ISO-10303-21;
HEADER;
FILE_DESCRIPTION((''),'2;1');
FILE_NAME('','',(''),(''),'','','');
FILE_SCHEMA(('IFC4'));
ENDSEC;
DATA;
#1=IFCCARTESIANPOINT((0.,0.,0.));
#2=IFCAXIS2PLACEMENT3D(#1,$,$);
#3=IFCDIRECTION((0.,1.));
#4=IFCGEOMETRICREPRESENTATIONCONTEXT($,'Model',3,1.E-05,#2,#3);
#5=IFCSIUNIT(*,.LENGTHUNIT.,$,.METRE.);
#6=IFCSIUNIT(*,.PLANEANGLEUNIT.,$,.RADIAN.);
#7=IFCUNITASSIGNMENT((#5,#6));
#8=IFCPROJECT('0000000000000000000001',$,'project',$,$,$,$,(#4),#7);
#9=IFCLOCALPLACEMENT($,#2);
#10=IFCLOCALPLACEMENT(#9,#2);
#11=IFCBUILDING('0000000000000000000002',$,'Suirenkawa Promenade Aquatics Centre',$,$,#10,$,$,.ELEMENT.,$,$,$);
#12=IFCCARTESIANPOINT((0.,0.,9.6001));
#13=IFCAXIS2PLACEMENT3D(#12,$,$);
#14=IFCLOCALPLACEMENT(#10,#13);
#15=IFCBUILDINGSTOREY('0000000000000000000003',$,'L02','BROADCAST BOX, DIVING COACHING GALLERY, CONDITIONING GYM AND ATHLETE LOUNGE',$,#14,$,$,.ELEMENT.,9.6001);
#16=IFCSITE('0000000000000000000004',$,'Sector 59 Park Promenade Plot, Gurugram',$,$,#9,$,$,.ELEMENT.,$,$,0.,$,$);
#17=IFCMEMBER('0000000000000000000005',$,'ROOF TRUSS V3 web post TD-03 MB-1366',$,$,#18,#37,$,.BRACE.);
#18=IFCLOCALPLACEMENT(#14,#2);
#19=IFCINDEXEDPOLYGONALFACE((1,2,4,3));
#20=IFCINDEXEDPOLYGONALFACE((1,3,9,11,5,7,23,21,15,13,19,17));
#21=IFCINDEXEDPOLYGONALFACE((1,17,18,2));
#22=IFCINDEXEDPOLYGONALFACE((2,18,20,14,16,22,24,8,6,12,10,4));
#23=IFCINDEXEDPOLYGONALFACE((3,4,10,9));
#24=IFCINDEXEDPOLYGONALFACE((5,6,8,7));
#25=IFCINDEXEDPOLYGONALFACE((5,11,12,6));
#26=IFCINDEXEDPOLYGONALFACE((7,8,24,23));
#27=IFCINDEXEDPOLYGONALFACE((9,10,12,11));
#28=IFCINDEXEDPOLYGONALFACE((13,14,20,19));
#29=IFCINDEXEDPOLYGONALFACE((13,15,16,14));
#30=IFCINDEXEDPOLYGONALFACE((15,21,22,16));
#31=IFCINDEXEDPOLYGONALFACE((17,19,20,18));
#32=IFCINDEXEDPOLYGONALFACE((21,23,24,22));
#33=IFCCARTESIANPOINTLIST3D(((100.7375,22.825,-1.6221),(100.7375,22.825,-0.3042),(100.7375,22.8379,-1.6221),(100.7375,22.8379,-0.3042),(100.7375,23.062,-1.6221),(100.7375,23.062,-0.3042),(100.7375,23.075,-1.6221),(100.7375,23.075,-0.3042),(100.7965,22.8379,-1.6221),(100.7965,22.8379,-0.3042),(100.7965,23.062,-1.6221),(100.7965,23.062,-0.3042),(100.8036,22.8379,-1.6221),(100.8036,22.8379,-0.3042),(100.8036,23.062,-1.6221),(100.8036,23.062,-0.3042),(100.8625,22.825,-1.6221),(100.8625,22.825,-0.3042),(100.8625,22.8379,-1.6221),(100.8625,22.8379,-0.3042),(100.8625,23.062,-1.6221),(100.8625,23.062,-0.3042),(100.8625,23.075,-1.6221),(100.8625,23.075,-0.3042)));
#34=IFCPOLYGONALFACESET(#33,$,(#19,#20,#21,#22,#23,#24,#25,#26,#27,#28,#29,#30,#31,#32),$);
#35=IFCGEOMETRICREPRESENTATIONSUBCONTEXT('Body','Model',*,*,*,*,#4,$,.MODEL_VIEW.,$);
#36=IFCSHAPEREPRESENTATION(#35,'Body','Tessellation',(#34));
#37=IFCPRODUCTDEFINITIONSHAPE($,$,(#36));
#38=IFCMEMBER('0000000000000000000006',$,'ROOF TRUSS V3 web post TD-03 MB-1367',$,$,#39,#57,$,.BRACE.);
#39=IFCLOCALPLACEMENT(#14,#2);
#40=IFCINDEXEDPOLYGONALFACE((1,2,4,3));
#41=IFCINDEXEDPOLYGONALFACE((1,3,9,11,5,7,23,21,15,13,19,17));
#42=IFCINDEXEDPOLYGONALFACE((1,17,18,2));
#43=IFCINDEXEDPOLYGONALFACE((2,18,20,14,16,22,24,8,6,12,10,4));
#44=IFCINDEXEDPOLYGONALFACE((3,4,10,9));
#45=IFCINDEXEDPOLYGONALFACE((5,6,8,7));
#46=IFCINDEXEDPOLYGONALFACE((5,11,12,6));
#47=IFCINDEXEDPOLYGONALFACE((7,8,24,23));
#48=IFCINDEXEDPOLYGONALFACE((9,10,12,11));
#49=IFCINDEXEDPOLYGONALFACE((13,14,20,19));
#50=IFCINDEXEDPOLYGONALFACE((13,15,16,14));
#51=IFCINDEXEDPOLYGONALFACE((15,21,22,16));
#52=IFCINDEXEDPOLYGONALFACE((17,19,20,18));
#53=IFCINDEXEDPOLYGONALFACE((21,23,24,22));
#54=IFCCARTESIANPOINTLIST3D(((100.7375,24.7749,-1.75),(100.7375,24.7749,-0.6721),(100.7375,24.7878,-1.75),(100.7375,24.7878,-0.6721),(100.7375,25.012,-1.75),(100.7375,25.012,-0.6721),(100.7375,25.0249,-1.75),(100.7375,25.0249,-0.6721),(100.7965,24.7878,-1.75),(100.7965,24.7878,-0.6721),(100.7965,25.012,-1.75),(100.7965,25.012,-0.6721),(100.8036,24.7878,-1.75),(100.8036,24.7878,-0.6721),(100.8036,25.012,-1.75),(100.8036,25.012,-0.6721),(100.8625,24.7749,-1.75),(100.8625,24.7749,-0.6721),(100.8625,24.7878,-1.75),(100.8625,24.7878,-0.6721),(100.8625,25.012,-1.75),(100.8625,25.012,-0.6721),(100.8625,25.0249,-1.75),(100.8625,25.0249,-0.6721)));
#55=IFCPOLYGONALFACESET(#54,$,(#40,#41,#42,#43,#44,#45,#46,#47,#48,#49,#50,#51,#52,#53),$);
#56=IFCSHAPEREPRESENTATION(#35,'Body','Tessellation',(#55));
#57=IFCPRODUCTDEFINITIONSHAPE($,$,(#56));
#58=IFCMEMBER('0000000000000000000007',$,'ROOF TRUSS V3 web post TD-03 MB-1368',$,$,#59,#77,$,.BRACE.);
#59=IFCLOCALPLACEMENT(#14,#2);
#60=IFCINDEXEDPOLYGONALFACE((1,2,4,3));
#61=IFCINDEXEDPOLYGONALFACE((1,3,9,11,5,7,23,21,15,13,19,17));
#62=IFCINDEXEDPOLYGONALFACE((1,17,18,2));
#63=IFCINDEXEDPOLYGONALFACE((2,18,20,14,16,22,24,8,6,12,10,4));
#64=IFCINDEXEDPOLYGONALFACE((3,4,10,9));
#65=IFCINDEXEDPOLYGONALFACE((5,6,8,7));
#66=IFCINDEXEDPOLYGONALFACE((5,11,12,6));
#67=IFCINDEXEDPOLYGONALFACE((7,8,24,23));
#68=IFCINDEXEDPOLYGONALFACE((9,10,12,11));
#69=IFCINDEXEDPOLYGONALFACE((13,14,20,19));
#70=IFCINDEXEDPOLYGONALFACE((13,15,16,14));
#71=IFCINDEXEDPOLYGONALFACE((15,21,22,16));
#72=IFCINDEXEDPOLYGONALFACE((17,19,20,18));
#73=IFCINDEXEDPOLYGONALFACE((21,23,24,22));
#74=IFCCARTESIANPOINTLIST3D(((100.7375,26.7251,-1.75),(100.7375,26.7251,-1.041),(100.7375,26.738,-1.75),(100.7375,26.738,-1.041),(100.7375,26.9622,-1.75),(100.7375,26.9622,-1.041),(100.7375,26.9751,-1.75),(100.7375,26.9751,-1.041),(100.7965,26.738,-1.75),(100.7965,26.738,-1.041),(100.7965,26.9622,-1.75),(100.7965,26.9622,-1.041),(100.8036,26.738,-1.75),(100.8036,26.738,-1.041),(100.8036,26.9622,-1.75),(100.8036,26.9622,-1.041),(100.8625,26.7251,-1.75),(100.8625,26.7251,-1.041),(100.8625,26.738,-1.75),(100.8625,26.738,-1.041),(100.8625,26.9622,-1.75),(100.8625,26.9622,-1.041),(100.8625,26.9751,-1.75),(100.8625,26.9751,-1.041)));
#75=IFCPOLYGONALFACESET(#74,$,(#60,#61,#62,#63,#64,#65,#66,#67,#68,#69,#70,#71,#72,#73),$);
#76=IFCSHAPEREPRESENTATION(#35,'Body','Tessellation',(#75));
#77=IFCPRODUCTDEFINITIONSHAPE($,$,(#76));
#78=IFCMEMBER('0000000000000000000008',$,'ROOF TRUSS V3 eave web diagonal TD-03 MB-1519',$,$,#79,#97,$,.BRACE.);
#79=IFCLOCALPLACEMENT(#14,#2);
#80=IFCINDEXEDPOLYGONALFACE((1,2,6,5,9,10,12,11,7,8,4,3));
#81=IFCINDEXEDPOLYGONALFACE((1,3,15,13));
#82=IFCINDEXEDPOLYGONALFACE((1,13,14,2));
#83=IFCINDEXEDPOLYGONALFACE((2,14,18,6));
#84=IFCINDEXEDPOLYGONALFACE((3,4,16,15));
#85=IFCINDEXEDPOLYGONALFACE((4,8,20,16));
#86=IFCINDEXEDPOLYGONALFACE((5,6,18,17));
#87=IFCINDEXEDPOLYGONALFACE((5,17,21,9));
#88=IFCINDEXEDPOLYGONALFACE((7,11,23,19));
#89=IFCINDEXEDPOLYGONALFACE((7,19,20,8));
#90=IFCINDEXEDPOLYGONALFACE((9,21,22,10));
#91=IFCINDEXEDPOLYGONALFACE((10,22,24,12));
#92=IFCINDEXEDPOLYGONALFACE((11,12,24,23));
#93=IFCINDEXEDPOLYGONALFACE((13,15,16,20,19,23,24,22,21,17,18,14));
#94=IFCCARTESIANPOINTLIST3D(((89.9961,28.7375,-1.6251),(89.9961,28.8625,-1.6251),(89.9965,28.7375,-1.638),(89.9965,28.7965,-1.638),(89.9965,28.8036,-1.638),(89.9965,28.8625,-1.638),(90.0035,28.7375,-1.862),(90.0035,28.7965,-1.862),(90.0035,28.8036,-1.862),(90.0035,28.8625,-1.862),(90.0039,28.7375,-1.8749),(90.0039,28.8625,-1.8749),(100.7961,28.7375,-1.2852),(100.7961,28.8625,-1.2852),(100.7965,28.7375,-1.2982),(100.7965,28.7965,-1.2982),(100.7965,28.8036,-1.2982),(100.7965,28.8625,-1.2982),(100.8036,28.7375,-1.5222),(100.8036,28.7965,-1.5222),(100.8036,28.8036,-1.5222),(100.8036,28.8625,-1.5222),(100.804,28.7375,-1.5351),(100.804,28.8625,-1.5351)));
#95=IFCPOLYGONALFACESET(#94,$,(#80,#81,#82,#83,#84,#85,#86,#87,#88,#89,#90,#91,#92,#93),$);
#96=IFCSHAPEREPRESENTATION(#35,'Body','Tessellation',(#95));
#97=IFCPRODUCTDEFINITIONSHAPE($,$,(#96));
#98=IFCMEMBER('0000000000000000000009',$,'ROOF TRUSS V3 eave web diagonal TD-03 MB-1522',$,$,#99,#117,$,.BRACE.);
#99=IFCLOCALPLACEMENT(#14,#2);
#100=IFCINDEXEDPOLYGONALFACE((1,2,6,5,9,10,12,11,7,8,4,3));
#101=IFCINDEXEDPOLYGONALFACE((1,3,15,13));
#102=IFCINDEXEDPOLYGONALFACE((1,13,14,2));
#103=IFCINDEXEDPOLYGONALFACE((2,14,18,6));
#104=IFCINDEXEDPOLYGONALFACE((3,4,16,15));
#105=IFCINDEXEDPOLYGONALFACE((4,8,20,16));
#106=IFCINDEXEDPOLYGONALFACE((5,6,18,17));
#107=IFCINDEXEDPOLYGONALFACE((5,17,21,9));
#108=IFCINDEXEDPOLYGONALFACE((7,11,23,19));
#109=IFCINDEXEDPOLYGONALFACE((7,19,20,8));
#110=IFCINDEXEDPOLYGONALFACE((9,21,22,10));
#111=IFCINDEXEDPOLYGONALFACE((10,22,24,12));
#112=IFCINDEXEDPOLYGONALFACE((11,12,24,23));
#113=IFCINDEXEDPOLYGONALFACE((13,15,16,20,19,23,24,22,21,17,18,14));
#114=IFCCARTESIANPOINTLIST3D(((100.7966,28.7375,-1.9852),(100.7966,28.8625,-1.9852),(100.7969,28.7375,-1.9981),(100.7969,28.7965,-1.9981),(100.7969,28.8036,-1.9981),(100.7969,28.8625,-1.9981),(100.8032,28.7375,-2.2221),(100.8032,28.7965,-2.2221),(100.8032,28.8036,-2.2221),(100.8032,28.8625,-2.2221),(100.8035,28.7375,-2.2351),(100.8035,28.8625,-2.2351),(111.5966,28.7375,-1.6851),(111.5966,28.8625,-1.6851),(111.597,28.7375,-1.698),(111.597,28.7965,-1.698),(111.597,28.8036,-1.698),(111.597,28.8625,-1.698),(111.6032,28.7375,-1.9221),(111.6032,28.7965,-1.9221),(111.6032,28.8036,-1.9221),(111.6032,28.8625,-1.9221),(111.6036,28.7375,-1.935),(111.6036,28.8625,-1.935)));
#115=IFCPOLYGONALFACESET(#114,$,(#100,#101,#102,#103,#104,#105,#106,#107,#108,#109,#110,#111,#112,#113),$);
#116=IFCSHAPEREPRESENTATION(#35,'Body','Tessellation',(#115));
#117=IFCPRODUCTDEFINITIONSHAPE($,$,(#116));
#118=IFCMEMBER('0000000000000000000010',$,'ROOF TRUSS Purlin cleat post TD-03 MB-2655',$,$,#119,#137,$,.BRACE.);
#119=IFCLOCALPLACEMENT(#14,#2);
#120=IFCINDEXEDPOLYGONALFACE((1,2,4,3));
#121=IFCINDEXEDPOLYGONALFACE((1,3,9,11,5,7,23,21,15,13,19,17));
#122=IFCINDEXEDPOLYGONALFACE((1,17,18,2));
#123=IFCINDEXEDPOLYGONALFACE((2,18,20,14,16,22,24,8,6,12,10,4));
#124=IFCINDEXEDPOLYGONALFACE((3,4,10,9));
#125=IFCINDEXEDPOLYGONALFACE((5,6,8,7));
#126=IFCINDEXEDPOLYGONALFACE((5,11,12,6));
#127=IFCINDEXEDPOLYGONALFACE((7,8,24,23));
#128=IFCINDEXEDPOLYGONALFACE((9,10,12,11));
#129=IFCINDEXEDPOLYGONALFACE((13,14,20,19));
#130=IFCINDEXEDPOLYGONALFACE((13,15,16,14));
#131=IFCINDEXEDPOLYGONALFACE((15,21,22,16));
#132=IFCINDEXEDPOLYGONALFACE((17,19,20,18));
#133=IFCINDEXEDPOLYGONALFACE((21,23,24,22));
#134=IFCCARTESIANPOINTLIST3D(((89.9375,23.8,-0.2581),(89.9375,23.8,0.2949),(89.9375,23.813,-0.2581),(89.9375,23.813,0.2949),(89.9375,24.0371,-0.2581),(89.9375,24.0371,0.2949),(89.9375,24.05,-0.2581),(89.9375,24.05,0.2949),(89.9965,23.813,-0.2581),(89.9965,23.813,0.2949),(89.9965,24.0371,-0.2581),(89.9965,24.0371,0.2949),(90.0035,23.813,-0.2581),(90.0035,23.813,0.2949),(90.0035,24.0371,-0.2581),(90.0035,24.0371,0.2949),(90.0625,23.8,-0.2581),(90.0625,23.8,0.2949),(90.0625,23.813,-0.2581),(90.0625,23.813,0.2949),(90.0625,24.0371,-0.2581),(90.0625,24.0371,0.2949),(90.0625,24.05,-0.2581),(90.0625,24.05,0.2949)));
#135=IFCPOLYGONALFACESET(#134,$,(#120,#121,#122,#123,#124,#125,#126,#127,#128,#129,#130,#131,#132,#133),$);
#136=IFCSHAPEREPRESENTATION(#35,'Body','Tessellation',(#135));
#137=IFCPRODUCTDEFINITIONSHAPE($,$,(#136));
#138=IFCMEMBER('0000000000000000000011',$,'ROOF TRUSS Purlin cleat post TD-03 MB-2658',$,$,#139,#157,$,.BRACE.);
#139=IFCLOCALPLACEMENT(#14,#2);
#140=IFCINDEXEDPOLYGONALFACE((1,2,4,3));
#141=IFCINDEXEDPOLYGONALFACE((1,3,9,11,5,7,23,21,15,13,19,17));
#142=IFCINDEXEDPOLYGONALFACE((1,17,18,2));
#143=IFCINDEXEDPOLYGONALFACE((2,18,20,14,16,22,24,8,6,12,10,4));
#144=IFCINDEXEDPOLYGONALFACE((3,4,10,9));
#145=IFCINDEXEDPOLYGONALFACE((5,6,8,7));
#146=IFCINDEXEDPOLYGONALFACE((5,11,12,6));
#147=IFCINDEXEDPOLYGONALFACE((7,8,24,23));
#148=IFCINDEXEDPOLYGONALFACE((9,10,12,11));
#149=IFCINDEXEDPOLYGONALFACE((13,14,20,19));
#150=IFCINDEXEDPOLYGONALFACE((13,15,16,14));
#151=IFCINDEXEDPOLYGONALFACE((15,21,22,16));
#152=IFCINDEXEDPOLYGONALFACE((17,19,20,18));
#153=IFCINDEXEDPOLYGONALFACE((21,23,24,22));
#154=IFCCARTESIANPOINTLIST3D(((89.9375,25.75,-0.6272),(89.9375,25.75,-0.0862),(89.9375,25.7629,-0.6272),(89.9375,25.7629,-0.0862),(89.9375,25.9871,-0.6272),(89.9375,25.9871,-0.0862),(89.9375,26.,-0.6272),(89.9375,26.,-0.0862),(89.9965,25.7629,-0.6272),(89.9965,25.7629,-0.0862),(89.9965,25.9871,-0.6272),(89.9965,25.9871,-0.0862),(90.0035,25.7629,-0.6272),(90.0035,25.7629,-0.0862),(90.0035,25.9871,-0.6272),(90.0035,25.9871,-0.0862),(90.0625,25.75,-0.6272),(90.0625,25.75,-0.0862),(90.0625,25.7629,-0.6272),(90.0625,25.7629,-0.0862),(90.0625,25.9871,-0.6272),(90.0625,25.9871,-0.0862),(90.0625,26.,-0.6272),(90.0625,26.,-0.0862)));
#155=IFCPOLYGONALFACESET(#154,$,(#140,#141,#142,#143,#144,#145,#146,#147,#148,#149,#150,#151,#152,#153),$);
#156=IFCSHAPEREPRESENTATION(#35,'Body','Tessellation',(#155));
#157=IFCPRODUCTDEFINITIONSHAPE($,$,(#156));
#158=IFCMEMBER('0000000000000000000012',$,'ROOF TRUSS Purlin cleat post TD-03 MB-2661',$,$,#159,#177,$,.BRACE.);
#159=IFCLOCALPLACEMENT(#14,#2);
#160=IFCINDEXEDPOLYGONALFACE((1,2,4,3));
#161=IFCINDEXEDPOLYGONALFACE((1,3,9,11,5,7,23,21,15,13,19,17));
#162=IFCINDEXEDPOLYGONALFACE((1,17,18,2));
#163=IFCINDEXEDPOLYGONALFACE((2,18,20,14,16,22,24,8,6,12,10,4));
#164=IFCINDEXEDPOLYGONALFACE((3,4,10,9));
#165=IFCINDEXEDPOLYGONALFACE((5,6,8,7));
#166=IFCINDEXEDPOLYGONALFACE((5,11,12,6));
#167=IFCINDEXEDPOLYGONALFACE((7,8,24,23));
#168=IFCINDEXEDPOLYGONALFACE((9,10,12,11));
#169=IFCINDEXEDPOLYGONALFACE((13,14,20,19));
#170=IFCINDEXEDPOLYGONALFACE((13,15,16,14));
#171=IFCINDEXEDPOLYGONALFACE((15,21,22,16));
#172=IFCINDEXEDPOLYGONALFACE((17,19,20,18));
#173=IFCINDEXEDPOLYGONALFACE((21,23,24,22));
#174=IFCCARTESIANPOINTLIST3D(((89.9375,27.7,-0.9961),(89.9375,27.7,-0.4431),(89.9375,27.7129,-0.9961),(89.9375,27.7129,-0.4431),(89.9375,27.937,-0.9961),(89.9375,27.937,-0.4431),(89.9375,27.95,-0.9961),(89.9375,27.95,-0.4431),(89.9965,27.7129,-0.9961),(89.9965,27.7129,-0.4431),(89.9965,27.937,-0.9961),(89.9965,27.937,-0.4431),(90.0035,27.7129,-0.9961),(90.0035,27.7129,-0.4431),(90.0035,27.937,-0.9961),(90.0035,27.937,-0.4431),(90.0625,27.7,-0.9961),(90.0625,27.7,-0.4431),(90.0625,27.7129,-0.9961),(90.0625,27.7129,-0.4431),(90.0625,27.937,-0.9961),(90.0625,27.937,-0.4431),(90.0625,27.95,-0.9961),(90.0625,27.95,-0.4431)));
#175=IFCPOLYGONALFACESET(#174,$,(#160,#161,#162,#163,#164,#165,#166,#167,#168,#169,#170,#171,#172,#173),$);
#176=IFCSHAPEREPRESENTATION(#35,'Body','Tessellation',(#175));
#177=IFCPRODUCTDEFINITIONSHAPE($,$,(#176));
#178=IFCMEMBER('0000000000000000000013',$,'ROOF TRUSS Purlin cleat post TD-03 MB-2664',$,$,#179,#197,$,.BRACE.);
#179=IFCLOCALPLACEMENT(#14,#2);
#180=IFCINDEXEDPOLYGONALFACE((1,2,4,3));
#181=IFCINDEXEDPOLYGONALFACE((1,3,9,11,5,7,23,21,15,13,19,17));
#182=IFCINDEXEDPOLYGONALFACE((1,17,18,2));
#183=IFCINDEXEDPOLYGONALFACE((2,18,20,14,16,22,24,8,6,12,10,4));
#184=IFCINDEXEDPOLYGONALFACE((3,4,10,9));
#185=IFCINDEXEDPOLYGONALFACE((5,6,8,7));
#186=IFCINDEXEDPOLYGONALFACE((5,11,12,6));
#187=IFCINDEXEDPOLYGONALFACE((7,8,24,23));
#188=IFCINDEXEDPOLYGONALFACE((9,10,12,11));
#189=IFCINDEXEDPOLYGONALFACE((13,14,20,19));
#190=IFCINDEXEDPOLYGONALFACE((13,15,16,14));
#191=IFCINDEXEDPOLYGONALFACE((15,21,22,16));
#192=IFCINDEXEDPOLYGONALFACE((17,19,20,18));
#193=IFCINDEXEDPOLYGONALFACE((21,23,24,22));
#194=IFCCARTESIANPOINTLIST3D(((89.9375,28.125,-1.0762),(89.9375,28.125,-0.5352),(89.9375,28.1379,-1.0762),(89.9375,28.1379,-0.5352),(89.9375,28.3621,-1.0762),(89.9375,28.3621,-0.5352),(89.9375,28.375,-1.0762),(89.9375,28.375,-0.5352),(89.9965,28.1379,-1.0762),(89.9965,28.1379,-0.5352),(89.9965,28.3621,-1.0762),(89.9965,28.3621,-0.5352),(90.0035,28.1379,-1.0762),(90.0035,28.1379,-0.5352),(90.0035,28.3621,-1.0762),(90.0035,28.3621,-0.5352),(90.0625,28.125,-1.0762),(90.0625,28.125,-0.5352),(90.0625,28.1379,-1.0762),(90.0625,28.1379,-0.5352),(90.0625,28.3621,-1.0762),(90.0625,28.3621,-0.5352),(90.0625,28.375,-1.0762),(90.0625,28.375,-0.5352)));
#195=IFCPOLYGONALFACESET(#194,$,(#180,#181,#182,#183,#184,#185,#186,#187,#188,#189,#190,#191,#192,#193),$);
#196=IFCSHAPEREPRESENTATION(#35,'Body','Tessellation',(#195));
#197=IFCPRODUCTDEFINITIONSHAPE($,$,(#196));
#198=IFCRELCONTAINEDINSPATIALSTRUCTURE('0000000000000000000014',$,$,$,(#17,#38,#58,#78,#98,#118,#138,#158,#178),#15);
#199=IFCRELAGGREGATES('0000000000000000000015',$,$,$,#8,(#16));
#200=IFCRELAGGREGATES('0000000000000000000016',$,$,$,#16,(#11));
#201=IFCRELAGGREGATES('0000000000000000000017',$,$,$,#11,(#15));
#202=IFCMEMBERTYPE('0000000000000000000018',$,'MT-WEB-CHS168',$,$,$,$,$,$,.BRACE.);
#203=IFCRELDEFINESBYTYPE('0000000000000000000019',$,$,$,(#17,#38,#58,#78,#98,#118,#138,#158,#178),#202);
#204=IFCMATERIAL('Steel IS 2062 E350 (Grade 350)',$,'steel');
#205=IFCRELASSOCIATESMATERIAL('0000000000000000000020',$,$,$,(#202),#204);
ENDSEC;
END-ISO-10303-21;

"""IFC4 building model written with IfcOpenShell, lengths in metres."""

from ifc_helpers import new_model, si_unit, direction, frame, origin, origin_2d, place, context, subcontext, project, spatial, i_section, extrude, material, material_profile, profile_set, type_object, element, save


model = new_model("IFC4")

# Units and contexts
model_context = context("Model", 3, precision=1e-05, world=origin(), true_north=direction((0.0, 1.0)))
body_context = subcontext(model_context, "Body", "Model", "MODEL_VIEW")
ifc_project = project(units=[si_unit("LENGTHUNIT", "METRE"), si_unit("PLANEANGLEUNIT", "RADIAN")], contexts=[model_context])

# Site, building, storey
site_placement = place(None, origin())
site = spatial("IfcSite", under=ifc_project, at=site_placement, Name="Sector 59 Park Promenade Plot, Gurugram", CompositionType="ELEMENT", RefElevation=0.0)
building_placement = place(site_placement, origin())
building = spatial("IfcBuilding", under=site, at=building_placement, Name="Suirenkawa Promenade Aquatics Centre", CompositionType="ELEMENT")
storey_placement = place(building_placement, frame((0.0, 0.0, 9.6001)))
storey = spatial("IfcBuildingStorey", under=building, at=storey_placement, Name="L02", Description="BROADCAST BOX, DIVING COACHING GALLERY, CONDITIONING GYM AND ATHLETE LOUNGE", CompositionType="ELEMENT", Elevation=9.6001)

# Shared definitions
ifc_material = material(Name="Steel IS 2062 E350 (Grade 350)", Category="steel")

# Members
ifc_material_profile_1 = material_profile(ifc_material, i_section(OverallWidth=0.125, OverallDepth=0.25, WebThickness=0.0071, FlangeThickness=0.0129, at=origin_2d()), Name="ISMB 250", Category="steel")
ifc_profile_set_1 = profile_set([ifc_material_profile_1], Name="Steel IS 2062 E350 (Grade 350)")
member_type_1 = type_object("IfcMemberType", Name="MT-WEB-CHS168", PredefinedType="BRACE", material=ifc_profile_set_1)
member_1_placement = place(storey_placement, frame((100.8, 22.95, -1.6221), z_axis=(0.0, 0.0, 1.0), x_axis=(1.0, 0.0, 0.0)))
element("IfcMember", 1, at=member_1_placement, inside=storey, type_object=member_type_1, Name="ROOF TRUSS V3 web post TD-03 MB-1366", PredefinedType="BRACE", context=body_context, shape_type="SweptSolid", body=[
    extrude(i_section(OverallWidth=0.125, OverallDepth=0.25, WebThickness=0.0071, FlangeThickness=0.0129, at=origin_2d()), origin(), (0.0, 0.0, 1.0), 1.3179),
])
member_2_placement = place(storey_placement, frame((100.8, 24.8999, -1.75), z_axis=(0.0, 0.0, 1.0), x_axis=(1.0, 0.0, 0.0)))
element("IfcMember", 2, at=member_2_placement, inside=storey, type_object=member_type_1, Name="ROOF TRUSS V3 web post TD-03 MB-1367", PredefinedType="BRACE", context=body_context, shape_type="SweptSolid", body=[
    extrude(i_section(OverallWidth=0.125, OverallDepth=0.25, WebThickness=0.0071, FlangeThickness=0.0129, at=origin_2d()), origin(), (0.0, 0.0, 1.0), 1.0779),
])
member_3_placement = place(storey_placement, frame((100.8, 26.8501, -1.75), z_axis=(0.0, 0.0, 1.0), x_axis=(1.0, 0.0, 0.0)))
element("IfcMember", 3, at=member_3_placement, inside=storey, type_object=member_type_1, Name="ROOF TRUSS V3 web post TD-03 MB-1368", PredefinedType="BRACE", context=body_context, shape_type="SweptSolid", body=[
    extrude(i_section(OverallWidth=0.125, OverallDepth=0.25, WebThickness=0.0071, FlangeThickness=0.0129, at=origin_2d()), origin(), (0.0, 0.0, 1.0), 0.709),
])
member_4_placement = place(storey_placement, frame((90.0, 28.8, -1.75), z_axis=(0.999505, 0.0, 0.031451), x_axis=(0.0, 1.0, 0.0)))
element("IfcMember", 4, at=member_4_placement, inside=storey, type_object=member_type_1, Name="ROOF TRUSS V3 eave web diagonal TD-03 MB-1519", PredefinedType="BRACE", context=body_context, shape_type="SweptSolid", body=[
    extrude(i_section(OverallWidth=0.125, OverallDepth=0.25, WebThickness=0.0071, FlangeThickness=0.0129, at=origin_2d()), origin(), (0.0, 0.0, 1.0), 10.8054),
])
member_5_placement = place(storey_placement, frame((100.8, 28.8, -2.1101), z_axis=(0.999614, 0.0, 0.027771), x_axis=(0.0, 1.0, 0.0)))
element("IfcMember", 5, at=member_5_placement, inside=storey, type_object=member_type_1, Name="ROOF TRUSS V3 eave web diagonal TD-03 MB-1522", PredefinedType="BRACE", context=body_context, shape_type="SweptSolid", body=[
    extrude(i_section(OverallWidth=0.125, OverallDepth=0.25, WebThickness=0.0071, FlangeThickness=0.0129, at=origin_2d()), origin(), (0.0, 0.0, 1.0), 10.8042),
])
member_6_placement = place(storey_placement, frame((90.0, 23.925, -0.2581), z_axis=(0.0, 0.0, 1.0), x_axis=(1.0, 0.0, 0.0)))
element("IfcMember", 6, at=member_6_placement, inside=storey, type_object=member_type_1, Name="ROOF TRUSS Purlin cleat post TD-03 MB-2655", PredefinedType="BRACE", context=body_context, shape_type="SweptSolid", body=[
    extrude(i_section(OverallWidth=0.125, OverallDepth=0.25, WebThickness=0.0071, FlangeThickness=0.0129, at=origin_2d()), origin(), (0.0, 0.0, 1.0), 0.553),
])
member_7_placement = place(storey_placement, frame((90.0, 25.875, -0.6272), z_axis=(0.0, 0.0, 1.0), x_axis=(1.0, 0.0, 0.0)))
element("IfcMember", 7, at=member_7_placement, inside=storey, type_object=member_type_1, Name="ROOF TRUSS Purlin cleat post TD-03 MB-2658", PredefinedType="BRACE", context=body_context, shape_type="SweptSolid", body=[
    extrude(i_section(OverallWidth=0.125, OverallDepth=0.25, WebThickness=0.0071, FlangeThickness=0.0129, at=origin_2d()), origin(), (0.0, 0.0, 1.0), 0.541),
])
member_8_placement = place(storey_placement, frame((90.0, 27.825, -0.9961), z_axis=(0.0, 0.0, 1.0), x_axis=(1.0, 0.0, 0.0)))
element("IfcMember", 8, at=member_8_placement, inside=storey, type_object=member_type_1, Name="ROOF TRUSS Purlin cleat post TD-03 MB-2661", PredefinedType="BRACE", context=body_context, shape_type="SweptSolid", body=[
    extrude(i_section(OverallWidth=0.125, OverallDepth=0.25, WebThickness=0.0071, FlangeThickness=0.0129, at=origin_2d()), origin(), (0.0, 0.0, 1.0), 0.553),
])
member_9_placement = place(storey_placement, frame((90.0, 28.25, -1.0762), z_axis=(0.0, 0.0, 1.0), x_axis=(1.0, 0.0, 0.0)))
element("IfcMember", 9, at=member_9_placement, inside=storey, type_object=member_type_1, Name="ROOF TRUSS Purlin cleat post TD-03 MB-2664", PredefinedType="BRACE", context=body_context, shape_type="SweptSolid", body=[
    extrude(i_section(OverallWidth=0.125, OverallDepth=0.25, WebThickness=0.0071, FlangeThickness=0.0129, at=origin_2d()), origin(), (0.0, 0.0, 1.0), 0.541),
])

save(model, "model.ifc")
